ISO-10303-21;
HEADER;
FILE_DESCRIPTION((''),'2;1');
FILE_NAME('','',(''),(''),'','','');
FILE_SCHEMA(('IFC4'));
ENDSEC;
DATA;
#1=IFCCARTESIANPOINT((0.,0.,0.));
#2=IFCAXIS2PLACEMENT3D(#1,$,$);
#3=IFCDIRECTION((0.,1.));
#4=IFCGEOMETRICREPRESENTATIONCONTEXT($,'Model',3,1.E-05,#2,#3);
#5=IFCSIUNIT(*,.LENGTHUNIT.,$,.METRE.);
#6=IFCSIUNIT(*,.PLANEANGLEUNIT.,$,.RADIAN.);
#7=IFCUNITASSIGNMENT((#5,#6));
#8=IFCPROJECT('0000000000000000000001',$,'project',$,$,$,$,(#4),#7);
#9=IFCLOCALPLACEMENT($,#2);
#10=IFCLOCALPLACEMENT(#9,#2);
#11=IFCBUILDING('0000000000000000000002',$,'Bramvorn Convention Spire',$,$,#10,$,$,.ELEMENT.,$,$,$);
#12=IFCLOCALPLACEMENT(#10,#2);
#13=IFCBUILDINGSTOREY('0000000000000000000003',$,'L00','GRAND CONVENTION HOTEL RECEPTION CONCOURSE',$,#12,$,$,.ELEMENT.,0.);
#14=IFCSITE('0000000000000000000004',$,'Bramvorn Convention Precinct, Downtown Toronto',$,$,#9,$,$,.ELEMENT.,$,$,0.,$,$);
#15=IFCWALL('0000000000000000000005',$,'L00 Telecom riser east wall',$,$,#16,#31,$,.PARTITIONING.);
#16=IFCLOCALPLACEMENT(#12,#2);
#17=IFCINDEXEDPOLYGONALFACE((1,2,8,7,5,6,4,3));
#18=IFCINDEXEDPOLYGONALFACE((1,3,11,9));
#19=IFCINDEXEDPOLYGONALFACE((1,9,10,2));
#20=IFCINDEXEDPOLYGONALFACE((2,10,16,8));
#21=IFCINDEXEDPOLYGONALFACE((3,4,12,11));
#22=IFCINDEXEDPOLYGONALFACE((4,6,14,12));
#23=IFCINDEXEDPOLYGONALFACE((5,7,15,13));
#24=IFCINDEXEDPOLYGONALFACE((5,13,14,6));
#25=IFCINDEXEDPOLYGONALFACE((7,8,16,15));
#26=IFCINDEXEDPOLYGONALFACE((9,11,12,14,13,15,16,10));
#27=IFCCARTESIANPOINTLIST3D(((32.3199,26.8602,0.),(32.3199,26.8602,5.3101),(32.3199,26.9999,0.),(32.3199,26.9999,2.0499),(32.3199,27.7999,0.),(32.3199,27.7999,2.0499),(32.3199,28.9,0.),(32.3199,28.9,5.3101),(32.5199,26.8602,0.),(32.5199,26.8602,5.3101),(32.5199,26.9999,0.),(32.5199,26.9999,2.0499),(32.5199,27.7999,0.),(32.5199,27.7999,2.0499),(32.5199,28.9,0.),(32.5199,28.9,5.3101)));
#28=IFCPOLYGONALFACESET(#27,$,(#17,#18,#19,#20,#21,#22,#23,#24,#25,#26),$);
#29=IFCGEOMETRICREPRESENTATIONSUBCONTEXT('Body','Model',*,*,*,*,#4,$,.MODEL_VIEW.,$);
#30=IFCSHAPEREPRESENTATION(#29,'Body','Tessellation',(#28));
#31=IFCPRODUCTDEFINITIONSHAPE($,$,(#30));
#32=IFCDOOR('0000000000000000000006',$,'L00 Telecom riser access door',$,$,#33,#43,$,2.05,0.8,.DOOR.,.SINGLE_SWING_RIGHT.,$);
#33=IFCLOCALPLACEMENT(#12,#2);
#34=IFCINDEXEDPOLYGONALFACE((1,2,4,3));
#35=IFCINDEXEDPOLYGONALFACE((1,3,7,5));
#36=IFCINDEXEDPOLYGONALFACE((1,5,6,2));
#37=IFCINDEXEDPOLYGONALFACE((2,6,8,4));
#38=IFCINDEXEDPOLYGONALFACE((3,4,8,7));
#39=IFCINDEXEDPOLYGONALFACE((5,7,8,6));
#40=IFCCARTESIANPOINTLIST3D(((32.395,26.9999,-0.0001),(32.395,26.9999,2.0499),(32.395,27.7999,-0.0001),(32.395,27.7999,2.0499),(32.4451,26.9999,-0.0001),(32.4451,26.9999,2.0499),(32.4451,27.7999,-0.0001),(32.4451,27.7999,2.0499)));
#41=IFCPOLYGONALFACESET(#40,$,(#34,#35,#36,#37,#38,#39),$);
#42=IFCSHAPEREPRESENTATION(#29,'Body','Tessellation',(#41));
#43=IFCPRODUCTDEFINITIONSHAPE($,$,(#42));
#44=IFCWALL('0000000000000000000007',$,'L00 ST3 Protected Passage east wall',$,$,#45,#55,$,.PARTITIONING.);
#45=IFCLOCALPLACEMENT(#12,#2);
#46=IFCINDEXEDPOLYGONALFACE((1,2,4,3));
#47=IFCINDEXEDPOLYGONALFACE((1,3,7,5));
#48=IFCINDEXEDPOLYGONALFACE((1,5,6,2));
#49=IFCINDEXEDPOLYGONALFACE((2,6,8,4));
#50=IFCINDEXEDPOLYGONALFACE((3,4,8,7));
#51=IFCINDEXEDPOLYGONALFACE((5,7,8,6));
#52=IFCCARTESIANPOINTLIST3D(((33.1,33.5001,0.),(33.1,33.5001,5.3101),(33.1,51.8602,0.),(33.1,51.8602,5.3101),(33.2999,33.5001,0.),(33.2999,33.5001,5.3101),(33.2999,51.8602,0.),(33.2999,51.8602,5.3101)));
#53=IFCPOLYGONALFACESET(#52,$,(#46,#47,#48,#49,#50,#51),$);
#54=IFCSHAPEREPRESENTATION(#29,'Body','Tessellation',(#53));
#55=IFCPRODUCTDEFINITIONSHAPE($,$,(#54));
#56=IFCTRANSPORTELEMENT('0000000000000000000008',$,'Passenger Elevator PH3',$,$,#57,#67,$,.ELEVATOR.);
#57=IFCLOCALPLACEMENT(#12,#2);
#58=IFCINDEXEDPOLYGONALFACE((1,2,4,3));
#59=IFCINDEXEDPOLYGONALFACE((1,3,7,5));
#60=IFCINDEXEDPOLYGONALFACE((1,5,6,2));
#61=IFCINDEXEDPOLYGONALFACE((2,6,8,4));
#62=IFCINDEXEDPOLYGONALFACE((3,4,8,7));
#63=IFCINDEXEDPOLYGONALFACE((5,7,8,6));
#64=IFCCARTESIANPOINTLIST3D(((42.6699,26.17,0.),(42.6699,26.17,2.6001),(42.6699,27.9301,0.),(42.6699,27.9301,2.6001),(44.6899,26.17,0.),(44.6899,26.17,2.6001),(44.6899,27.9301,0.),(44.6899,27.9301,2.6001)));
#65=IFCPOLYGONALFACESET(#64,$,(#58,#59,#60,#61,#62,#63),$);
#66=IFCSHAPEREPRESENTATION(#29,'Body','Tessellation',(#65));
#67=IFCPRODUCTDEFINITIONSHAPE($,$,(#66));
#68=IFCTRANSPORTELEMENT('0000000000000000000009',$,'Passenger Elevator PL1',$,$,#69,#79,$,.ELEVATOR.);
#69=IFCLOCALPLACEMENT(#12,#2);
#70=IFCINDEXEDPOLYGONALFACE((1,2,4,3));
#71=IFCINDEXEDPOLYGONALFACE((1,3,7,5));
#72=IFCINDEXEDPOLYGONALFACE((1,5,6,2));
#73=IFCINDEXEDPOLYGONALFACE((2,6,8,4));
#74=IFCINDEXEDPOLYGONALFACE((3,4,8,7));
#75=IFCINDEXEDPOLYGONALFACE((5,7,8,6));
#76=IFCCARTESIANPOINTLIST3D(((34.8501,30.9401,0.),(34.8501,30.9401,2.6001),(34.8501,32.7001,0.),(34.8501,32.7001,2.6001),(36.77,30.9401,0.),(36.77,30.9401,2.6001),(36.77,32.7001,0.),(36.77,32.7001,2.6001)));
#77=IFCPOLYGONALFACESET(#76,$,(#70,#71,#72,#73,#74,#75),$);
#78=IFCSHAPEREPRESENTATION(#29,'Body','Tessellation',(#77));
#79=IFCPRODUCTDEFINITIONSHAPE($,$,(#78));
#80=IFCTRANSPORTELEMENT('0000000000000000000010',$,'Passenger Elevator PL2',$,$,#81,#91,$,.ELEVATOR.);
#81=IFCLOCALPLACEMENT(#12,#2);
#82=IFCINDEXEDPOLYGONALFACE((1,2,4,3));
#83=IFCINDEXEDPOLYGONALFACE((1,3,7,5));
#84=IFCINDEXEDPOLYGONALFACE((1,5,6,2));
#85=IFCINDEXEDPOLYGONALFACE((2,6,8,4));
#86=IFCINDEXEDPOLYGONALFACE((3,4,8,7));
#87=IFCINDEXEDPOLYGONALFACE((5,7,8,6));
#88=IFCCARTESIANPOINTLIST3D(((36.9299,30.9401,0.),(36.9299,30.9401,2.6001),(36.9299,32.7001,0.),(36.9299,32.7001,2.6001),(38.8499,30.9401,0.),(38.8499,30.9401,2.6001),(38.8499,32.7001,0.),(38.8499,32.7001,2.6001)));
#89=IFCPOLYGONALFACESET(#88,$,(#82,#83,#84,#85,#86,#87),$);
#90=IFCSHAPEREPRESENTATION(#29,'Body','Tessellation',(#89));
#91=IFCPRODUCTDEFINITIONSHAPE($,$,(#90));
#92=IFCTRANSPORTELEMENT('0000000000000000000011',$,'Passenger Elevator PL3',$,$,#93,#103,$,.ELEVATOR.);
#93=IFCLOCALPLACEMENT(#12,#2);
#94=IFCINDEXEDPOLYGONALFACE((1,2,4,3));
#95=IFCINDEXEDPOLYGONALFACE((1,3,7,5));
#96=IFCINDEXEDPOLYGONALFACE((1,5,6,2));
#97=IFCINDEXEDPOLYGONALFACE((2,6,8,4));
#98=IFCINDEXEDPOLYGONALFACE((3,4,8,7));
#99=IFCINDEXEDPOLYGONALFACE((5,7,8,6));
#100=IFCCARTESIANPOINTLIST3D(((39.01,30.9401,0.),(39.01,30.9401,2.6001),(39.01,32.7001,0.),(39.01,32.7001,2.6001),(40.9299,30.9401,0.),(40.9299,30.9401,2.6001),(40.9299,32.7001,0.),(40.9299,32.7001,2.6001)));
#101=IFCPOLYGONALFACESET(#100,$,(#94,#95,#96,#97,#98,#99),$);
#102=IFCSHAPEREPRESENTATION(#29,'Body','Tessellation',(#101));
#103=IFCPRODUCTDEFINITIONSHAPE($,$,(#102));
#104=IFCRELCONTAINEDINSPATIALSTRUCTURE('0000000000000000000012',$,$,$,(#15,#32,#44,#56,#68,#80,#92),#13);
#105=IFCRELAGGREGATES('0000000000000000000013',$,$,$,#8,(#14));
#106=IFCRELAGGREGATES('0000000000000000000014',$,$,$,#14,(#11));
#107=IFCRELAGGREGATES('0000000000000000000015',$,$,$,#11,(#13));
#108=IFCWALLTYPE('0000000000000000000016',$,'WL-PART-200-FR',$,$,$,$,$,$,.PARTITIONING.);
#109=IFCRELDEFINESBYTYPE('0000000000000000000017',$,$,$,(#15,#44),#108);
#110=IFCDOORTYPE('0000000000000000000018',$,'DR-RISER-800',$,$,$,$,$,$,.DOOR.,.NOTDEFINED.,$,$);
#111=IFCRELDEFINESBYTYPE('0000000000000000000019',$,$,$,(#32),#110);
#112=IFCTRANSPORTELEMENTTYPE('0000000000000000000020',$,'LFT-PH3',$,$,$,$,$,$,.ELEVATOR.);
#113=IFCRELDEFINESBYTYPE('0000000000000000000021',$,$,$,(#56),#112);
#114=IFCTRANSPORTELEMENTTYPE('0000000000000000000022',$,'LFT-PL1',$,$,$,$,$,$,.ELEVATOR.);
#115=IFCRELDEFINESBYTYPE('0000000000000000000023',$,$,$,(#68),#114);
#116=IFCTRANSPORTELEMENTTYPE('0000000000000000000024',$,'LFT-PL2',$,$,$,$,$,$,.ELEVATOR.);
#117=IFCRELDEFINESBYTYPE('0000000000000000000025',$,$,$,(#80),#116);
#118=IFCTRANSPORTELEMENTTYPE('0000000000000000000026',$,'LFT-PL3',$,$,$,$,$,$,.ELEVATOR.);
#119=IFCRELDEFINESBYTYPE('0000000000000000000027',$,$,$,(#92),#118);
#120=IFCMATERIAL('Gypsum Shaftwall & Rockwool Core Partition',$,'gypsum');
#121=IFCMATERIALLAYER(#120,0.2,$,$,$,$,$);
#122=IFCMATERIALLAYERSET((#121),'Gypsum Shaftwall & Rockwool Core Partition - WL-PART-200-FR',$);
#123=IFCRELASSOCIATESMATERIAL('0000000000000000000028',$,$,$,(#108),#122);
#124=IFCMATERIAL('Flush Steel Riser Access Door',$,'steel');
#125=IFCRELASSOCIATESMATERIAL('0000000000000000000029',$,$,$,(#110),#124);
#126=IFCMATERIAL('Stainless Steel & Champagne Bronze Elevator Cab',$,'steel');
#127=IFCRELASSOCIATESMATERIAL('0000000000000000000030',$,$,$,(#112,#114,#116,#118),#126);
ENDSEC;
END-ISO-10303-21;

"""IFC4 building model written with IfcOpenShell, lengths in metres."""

from ifc_helpers import new_model, si_unit, direction, frame, frame_2d, origin, origin_2d, place, context, subcontext, project, spatial, rectangle, extrude, material, layer, layer_set, type_object, element, fill, save


model = new_model("IFC4")

# Units and contexts
model_context = context("Model", 3, precision=1e-05, world=origin(), true_north=direction((0.0, 1.0)))
body_context = subcontext(model_context, "Body", "Model", "MODEL_VIEW")
ifc_project = project(units=[si_unit("LENGTHUNIT", "METRE"), si_unit("PLANEANGLEUNIT", "RADIAN")], contexts=[model_context])

# Site, building, storey
site_placement = place(None, origin())
site = spatial("IfcSite", under=ifc_project, at=site_placement, Name="Bramvorn Convention Precinct, Downtown Toronto", CompositionType="ELEMENT", RefElevation=0.0)
building_placement = place(site_placement, origin())
building = spatial("IfcBuilding", under=site, at=building_placement, Name="Bramvorn Convention Spire", CompositionType="ELEMENT")
storey_placement = place(building_placement, origin())
storey = spatial("IfcBuildingStorey", under=building, at=storey_placement, Name="L00", Description="GRAND CONVENTION HOTEL RECEPTION CONCOURSE", CompositionType="ELEMENT", Elevation=0.0)

# Wall, opening, door
ifc_material_1 = material(Name="Gypsum Shaftwall & Rockwool Core Partition", Category="gypsum")
ifc_layer_1 = layer(ifc_material_1, 0.2)
ifc_layer_set_1 = layer_set([ifc_layer_1], Name="Gypsum Shaftwall & Rockwool Core Partition - WL-PART-200-FR")
wall_type_1 = type_object("IfcWallType", Name="WL-PART-200-FR", PredefinedType="PARTITIONING", material=ifc_layer_set_1)
wall_1_placement = place(storey_placement, frame((32.4199, 26.8601, 0.0), z_axis=(0.0, 0.0, 1.0), x_axis=(0.0, 1.0, 0.0)))
wall_1 = element("IfcWall", 1, at=wall_1_placement, inside=storey, type_object=wall_type_1, Name="L00 Telecom riser east wall", PredefinedType="PARTITIONING", context=body_context, shape_type="SweptSolid", body=[
    extrude(rectangle(XDim=2.0398, YDim=0.2, at=frame_2d((1.02, 0.0))), origin(), (0.0, 0.0, 1.0), 5.3101),
])
opening_1_placement = place(wall_1_placement, frame((0.1399, 0.0, 0.0)))
opening_1 = element("IfcOpeningElement", 2, at=opening_1_placement, cuts=wall_1, PredefinedType="OPENING", context=body_context, shape_type="SweptSolid", body=[
    extrude(rectangle(XDim=0.8, YDim=2.05, at=frame_2d((0.3999, 1.0249))), frame((0.0, 0.1099, 0.0), z_axis=(0.0, -1.0, 0.0), x_axis=(1.0, 0.0, 0.0)), (0.0, 0.0, 1.0), 0.22),
])
ifc_material_2 = material(Name="Flush Steel Riser Access Door", Category="steel")
door_type_1 = type_object("IfcDoorType", Name="DR-RISER-800", OperationType="NOTDEFINED", PredefinedType="DOOR", material=ifc_material_2)
door_1_placement = place(opening_1_placement, origin())
door_1 = element("IfcDoor", 3, at=door_1_placement, inside=storey, type_object=door_type_1, Name="L00 Telecom riser access door", OperationType="SINGLE_SWING_RIGHT", OverallHeight=2.05, OverallWidth=0.8, PredefinedType="DOOR", context=body_context, shape_type="SweptSolid", body=[
    extrude(rectangle(XDim=0.8, YDim=2.05, at=frame_2d((0.3999, 1.0249))), frame((0.0, 0.0249, 0.0), z_axis=(0.0, -1.0, 0.0), x_axis=(1.0, 0.0, 0.0)), (0.0, 0.0, 1.0), 0.05),
])
fill(opening_1, door_1)

# Wall
wall_2_placement = place(storey_placement, frame((33.2, 33.5, 0.0), z_axis=(0.0, 0.0, 1.0), x_axis=(0.0, 1.0, 0.0)))
element("IfcWall", 4, at=wall_2_placement, inside=storey, type_object=wall_type_1, Name="L00 ST3 Protected Passage east wall", PredefinedType="PARTITIONING", context=body_context, shape_type="SweptSolid", body=[
    extrude(rectangle(XDim=18.3601, YDim=0.2, at=frame_2d((9.1802, 0.0))), origin(), (0.0, 0.0, 1.0), 5.3101),
])

# Transport elements
ifc_material_3 = material(Name="Stainless Steel & Champagne Bronze Elevator Cab", Category="steel")
transport_element_type_1 = type_object("IfcTransportElementType", Name="LFT-PH3", PredefinedType="ELEVATOR", material=ifc_material_3)
transport_element_1_placement = place(storey_placement, frame((43.6799, 27.05, 0.0), z_axis=(0.0, 0.0, 1.0), x_axis=(1.0, 0.0, 0.0)))
element("IfcTransportElement", 5, at=transport_element_1_placement, inside=storey, type_object=transport_element_type_1, Name="Passenger Elevator PH3", PredefinedType="ELEVATOR", context=body_context, shape_type="SweptSolid", body=[
    extrude(rectangle(XDim=2.02, YDim=1.76, at=origin_2d()), origin(), (0.0, 0.0, 1.0), 2.6001),
])
transport_element_type_2 = type_object("IfcTransportElementType", Name="LFT-PL1", PredefinedType="ELEVATOR", material=ifc_material_3)
transport_element_2_placement = place(storey_placement, frame((35.8101, 31.8201, 0.0), z_axis=(0.0, 0.0, 1.0), x_axis=(1.0, 0.0, 0.0)))
element("IfcTransportElement", 6, at=transport_element_2_placement, inside=storey, type_object=transport_element_type_2, Name="Passenger Elevator PL1", PredefinedType="ELEVATOR", context=body_context, shape_type="SweptSolid", body=[
    extrude(rectangle(XDim=1.9199, YDim=1.76, at=origin_2d()), origin(), (0.0, 0.0, 1.0), 2.6001),
])
transport_element_type_3 = type_object("IfcTransportElementType", Name="LFT-PL2", PredefinedType="ELEVATOR", material=ifc_material_3)
transport_element_3_placement = place(storey_placement, frame((37.8899, 31.8201, 0.0), z_axis=(0.0, 0.0, 1.0), x_axis=(1.0, 0.0, 0.0)))
element("IfcTransportElement", 7, at=transport_element_3_placement, inside=storey, type_object=transport_element_type_3, Name="Passenger Elevator PL2", PredefinedType="ELEVATOR", context=body_context, shape_type="SweptSolid", body=[
    extrude(rectangle(XDim=1.9199, YDim=1.76, at=origin_2d()), origin(), (0.0, 0.0, 1.0), 2.6001),
])
transport_element_type_4 = type_object("IfcTransportElementType", Name="LFT-PL3", PredefinedType="ELEVATOR", material=ifc_material_3)
transport_element_4_placement = place(storey_placement, frame((39.97, 31.8201, 0.0), z_axis=(0.0, 0.0, 1.0), x_axis=(1.0, 0.0, 0.0)))
element("IfcTransportElement", 8, at=transport_element_4_placement, inside=storey, type_object=transport_element_type_4, Name="Passenger Elevator PL3", PredefinedType="ELEVATOR", context=body_context, shape_type="SweptSolid", body=[
    extrude(rectangle(XDim=1.9199, YDim=1.76, at=origin_2d()), origin(), (0.0, 0.0, 1.0), 2.6001),
])

save(model, "model.ifc")
